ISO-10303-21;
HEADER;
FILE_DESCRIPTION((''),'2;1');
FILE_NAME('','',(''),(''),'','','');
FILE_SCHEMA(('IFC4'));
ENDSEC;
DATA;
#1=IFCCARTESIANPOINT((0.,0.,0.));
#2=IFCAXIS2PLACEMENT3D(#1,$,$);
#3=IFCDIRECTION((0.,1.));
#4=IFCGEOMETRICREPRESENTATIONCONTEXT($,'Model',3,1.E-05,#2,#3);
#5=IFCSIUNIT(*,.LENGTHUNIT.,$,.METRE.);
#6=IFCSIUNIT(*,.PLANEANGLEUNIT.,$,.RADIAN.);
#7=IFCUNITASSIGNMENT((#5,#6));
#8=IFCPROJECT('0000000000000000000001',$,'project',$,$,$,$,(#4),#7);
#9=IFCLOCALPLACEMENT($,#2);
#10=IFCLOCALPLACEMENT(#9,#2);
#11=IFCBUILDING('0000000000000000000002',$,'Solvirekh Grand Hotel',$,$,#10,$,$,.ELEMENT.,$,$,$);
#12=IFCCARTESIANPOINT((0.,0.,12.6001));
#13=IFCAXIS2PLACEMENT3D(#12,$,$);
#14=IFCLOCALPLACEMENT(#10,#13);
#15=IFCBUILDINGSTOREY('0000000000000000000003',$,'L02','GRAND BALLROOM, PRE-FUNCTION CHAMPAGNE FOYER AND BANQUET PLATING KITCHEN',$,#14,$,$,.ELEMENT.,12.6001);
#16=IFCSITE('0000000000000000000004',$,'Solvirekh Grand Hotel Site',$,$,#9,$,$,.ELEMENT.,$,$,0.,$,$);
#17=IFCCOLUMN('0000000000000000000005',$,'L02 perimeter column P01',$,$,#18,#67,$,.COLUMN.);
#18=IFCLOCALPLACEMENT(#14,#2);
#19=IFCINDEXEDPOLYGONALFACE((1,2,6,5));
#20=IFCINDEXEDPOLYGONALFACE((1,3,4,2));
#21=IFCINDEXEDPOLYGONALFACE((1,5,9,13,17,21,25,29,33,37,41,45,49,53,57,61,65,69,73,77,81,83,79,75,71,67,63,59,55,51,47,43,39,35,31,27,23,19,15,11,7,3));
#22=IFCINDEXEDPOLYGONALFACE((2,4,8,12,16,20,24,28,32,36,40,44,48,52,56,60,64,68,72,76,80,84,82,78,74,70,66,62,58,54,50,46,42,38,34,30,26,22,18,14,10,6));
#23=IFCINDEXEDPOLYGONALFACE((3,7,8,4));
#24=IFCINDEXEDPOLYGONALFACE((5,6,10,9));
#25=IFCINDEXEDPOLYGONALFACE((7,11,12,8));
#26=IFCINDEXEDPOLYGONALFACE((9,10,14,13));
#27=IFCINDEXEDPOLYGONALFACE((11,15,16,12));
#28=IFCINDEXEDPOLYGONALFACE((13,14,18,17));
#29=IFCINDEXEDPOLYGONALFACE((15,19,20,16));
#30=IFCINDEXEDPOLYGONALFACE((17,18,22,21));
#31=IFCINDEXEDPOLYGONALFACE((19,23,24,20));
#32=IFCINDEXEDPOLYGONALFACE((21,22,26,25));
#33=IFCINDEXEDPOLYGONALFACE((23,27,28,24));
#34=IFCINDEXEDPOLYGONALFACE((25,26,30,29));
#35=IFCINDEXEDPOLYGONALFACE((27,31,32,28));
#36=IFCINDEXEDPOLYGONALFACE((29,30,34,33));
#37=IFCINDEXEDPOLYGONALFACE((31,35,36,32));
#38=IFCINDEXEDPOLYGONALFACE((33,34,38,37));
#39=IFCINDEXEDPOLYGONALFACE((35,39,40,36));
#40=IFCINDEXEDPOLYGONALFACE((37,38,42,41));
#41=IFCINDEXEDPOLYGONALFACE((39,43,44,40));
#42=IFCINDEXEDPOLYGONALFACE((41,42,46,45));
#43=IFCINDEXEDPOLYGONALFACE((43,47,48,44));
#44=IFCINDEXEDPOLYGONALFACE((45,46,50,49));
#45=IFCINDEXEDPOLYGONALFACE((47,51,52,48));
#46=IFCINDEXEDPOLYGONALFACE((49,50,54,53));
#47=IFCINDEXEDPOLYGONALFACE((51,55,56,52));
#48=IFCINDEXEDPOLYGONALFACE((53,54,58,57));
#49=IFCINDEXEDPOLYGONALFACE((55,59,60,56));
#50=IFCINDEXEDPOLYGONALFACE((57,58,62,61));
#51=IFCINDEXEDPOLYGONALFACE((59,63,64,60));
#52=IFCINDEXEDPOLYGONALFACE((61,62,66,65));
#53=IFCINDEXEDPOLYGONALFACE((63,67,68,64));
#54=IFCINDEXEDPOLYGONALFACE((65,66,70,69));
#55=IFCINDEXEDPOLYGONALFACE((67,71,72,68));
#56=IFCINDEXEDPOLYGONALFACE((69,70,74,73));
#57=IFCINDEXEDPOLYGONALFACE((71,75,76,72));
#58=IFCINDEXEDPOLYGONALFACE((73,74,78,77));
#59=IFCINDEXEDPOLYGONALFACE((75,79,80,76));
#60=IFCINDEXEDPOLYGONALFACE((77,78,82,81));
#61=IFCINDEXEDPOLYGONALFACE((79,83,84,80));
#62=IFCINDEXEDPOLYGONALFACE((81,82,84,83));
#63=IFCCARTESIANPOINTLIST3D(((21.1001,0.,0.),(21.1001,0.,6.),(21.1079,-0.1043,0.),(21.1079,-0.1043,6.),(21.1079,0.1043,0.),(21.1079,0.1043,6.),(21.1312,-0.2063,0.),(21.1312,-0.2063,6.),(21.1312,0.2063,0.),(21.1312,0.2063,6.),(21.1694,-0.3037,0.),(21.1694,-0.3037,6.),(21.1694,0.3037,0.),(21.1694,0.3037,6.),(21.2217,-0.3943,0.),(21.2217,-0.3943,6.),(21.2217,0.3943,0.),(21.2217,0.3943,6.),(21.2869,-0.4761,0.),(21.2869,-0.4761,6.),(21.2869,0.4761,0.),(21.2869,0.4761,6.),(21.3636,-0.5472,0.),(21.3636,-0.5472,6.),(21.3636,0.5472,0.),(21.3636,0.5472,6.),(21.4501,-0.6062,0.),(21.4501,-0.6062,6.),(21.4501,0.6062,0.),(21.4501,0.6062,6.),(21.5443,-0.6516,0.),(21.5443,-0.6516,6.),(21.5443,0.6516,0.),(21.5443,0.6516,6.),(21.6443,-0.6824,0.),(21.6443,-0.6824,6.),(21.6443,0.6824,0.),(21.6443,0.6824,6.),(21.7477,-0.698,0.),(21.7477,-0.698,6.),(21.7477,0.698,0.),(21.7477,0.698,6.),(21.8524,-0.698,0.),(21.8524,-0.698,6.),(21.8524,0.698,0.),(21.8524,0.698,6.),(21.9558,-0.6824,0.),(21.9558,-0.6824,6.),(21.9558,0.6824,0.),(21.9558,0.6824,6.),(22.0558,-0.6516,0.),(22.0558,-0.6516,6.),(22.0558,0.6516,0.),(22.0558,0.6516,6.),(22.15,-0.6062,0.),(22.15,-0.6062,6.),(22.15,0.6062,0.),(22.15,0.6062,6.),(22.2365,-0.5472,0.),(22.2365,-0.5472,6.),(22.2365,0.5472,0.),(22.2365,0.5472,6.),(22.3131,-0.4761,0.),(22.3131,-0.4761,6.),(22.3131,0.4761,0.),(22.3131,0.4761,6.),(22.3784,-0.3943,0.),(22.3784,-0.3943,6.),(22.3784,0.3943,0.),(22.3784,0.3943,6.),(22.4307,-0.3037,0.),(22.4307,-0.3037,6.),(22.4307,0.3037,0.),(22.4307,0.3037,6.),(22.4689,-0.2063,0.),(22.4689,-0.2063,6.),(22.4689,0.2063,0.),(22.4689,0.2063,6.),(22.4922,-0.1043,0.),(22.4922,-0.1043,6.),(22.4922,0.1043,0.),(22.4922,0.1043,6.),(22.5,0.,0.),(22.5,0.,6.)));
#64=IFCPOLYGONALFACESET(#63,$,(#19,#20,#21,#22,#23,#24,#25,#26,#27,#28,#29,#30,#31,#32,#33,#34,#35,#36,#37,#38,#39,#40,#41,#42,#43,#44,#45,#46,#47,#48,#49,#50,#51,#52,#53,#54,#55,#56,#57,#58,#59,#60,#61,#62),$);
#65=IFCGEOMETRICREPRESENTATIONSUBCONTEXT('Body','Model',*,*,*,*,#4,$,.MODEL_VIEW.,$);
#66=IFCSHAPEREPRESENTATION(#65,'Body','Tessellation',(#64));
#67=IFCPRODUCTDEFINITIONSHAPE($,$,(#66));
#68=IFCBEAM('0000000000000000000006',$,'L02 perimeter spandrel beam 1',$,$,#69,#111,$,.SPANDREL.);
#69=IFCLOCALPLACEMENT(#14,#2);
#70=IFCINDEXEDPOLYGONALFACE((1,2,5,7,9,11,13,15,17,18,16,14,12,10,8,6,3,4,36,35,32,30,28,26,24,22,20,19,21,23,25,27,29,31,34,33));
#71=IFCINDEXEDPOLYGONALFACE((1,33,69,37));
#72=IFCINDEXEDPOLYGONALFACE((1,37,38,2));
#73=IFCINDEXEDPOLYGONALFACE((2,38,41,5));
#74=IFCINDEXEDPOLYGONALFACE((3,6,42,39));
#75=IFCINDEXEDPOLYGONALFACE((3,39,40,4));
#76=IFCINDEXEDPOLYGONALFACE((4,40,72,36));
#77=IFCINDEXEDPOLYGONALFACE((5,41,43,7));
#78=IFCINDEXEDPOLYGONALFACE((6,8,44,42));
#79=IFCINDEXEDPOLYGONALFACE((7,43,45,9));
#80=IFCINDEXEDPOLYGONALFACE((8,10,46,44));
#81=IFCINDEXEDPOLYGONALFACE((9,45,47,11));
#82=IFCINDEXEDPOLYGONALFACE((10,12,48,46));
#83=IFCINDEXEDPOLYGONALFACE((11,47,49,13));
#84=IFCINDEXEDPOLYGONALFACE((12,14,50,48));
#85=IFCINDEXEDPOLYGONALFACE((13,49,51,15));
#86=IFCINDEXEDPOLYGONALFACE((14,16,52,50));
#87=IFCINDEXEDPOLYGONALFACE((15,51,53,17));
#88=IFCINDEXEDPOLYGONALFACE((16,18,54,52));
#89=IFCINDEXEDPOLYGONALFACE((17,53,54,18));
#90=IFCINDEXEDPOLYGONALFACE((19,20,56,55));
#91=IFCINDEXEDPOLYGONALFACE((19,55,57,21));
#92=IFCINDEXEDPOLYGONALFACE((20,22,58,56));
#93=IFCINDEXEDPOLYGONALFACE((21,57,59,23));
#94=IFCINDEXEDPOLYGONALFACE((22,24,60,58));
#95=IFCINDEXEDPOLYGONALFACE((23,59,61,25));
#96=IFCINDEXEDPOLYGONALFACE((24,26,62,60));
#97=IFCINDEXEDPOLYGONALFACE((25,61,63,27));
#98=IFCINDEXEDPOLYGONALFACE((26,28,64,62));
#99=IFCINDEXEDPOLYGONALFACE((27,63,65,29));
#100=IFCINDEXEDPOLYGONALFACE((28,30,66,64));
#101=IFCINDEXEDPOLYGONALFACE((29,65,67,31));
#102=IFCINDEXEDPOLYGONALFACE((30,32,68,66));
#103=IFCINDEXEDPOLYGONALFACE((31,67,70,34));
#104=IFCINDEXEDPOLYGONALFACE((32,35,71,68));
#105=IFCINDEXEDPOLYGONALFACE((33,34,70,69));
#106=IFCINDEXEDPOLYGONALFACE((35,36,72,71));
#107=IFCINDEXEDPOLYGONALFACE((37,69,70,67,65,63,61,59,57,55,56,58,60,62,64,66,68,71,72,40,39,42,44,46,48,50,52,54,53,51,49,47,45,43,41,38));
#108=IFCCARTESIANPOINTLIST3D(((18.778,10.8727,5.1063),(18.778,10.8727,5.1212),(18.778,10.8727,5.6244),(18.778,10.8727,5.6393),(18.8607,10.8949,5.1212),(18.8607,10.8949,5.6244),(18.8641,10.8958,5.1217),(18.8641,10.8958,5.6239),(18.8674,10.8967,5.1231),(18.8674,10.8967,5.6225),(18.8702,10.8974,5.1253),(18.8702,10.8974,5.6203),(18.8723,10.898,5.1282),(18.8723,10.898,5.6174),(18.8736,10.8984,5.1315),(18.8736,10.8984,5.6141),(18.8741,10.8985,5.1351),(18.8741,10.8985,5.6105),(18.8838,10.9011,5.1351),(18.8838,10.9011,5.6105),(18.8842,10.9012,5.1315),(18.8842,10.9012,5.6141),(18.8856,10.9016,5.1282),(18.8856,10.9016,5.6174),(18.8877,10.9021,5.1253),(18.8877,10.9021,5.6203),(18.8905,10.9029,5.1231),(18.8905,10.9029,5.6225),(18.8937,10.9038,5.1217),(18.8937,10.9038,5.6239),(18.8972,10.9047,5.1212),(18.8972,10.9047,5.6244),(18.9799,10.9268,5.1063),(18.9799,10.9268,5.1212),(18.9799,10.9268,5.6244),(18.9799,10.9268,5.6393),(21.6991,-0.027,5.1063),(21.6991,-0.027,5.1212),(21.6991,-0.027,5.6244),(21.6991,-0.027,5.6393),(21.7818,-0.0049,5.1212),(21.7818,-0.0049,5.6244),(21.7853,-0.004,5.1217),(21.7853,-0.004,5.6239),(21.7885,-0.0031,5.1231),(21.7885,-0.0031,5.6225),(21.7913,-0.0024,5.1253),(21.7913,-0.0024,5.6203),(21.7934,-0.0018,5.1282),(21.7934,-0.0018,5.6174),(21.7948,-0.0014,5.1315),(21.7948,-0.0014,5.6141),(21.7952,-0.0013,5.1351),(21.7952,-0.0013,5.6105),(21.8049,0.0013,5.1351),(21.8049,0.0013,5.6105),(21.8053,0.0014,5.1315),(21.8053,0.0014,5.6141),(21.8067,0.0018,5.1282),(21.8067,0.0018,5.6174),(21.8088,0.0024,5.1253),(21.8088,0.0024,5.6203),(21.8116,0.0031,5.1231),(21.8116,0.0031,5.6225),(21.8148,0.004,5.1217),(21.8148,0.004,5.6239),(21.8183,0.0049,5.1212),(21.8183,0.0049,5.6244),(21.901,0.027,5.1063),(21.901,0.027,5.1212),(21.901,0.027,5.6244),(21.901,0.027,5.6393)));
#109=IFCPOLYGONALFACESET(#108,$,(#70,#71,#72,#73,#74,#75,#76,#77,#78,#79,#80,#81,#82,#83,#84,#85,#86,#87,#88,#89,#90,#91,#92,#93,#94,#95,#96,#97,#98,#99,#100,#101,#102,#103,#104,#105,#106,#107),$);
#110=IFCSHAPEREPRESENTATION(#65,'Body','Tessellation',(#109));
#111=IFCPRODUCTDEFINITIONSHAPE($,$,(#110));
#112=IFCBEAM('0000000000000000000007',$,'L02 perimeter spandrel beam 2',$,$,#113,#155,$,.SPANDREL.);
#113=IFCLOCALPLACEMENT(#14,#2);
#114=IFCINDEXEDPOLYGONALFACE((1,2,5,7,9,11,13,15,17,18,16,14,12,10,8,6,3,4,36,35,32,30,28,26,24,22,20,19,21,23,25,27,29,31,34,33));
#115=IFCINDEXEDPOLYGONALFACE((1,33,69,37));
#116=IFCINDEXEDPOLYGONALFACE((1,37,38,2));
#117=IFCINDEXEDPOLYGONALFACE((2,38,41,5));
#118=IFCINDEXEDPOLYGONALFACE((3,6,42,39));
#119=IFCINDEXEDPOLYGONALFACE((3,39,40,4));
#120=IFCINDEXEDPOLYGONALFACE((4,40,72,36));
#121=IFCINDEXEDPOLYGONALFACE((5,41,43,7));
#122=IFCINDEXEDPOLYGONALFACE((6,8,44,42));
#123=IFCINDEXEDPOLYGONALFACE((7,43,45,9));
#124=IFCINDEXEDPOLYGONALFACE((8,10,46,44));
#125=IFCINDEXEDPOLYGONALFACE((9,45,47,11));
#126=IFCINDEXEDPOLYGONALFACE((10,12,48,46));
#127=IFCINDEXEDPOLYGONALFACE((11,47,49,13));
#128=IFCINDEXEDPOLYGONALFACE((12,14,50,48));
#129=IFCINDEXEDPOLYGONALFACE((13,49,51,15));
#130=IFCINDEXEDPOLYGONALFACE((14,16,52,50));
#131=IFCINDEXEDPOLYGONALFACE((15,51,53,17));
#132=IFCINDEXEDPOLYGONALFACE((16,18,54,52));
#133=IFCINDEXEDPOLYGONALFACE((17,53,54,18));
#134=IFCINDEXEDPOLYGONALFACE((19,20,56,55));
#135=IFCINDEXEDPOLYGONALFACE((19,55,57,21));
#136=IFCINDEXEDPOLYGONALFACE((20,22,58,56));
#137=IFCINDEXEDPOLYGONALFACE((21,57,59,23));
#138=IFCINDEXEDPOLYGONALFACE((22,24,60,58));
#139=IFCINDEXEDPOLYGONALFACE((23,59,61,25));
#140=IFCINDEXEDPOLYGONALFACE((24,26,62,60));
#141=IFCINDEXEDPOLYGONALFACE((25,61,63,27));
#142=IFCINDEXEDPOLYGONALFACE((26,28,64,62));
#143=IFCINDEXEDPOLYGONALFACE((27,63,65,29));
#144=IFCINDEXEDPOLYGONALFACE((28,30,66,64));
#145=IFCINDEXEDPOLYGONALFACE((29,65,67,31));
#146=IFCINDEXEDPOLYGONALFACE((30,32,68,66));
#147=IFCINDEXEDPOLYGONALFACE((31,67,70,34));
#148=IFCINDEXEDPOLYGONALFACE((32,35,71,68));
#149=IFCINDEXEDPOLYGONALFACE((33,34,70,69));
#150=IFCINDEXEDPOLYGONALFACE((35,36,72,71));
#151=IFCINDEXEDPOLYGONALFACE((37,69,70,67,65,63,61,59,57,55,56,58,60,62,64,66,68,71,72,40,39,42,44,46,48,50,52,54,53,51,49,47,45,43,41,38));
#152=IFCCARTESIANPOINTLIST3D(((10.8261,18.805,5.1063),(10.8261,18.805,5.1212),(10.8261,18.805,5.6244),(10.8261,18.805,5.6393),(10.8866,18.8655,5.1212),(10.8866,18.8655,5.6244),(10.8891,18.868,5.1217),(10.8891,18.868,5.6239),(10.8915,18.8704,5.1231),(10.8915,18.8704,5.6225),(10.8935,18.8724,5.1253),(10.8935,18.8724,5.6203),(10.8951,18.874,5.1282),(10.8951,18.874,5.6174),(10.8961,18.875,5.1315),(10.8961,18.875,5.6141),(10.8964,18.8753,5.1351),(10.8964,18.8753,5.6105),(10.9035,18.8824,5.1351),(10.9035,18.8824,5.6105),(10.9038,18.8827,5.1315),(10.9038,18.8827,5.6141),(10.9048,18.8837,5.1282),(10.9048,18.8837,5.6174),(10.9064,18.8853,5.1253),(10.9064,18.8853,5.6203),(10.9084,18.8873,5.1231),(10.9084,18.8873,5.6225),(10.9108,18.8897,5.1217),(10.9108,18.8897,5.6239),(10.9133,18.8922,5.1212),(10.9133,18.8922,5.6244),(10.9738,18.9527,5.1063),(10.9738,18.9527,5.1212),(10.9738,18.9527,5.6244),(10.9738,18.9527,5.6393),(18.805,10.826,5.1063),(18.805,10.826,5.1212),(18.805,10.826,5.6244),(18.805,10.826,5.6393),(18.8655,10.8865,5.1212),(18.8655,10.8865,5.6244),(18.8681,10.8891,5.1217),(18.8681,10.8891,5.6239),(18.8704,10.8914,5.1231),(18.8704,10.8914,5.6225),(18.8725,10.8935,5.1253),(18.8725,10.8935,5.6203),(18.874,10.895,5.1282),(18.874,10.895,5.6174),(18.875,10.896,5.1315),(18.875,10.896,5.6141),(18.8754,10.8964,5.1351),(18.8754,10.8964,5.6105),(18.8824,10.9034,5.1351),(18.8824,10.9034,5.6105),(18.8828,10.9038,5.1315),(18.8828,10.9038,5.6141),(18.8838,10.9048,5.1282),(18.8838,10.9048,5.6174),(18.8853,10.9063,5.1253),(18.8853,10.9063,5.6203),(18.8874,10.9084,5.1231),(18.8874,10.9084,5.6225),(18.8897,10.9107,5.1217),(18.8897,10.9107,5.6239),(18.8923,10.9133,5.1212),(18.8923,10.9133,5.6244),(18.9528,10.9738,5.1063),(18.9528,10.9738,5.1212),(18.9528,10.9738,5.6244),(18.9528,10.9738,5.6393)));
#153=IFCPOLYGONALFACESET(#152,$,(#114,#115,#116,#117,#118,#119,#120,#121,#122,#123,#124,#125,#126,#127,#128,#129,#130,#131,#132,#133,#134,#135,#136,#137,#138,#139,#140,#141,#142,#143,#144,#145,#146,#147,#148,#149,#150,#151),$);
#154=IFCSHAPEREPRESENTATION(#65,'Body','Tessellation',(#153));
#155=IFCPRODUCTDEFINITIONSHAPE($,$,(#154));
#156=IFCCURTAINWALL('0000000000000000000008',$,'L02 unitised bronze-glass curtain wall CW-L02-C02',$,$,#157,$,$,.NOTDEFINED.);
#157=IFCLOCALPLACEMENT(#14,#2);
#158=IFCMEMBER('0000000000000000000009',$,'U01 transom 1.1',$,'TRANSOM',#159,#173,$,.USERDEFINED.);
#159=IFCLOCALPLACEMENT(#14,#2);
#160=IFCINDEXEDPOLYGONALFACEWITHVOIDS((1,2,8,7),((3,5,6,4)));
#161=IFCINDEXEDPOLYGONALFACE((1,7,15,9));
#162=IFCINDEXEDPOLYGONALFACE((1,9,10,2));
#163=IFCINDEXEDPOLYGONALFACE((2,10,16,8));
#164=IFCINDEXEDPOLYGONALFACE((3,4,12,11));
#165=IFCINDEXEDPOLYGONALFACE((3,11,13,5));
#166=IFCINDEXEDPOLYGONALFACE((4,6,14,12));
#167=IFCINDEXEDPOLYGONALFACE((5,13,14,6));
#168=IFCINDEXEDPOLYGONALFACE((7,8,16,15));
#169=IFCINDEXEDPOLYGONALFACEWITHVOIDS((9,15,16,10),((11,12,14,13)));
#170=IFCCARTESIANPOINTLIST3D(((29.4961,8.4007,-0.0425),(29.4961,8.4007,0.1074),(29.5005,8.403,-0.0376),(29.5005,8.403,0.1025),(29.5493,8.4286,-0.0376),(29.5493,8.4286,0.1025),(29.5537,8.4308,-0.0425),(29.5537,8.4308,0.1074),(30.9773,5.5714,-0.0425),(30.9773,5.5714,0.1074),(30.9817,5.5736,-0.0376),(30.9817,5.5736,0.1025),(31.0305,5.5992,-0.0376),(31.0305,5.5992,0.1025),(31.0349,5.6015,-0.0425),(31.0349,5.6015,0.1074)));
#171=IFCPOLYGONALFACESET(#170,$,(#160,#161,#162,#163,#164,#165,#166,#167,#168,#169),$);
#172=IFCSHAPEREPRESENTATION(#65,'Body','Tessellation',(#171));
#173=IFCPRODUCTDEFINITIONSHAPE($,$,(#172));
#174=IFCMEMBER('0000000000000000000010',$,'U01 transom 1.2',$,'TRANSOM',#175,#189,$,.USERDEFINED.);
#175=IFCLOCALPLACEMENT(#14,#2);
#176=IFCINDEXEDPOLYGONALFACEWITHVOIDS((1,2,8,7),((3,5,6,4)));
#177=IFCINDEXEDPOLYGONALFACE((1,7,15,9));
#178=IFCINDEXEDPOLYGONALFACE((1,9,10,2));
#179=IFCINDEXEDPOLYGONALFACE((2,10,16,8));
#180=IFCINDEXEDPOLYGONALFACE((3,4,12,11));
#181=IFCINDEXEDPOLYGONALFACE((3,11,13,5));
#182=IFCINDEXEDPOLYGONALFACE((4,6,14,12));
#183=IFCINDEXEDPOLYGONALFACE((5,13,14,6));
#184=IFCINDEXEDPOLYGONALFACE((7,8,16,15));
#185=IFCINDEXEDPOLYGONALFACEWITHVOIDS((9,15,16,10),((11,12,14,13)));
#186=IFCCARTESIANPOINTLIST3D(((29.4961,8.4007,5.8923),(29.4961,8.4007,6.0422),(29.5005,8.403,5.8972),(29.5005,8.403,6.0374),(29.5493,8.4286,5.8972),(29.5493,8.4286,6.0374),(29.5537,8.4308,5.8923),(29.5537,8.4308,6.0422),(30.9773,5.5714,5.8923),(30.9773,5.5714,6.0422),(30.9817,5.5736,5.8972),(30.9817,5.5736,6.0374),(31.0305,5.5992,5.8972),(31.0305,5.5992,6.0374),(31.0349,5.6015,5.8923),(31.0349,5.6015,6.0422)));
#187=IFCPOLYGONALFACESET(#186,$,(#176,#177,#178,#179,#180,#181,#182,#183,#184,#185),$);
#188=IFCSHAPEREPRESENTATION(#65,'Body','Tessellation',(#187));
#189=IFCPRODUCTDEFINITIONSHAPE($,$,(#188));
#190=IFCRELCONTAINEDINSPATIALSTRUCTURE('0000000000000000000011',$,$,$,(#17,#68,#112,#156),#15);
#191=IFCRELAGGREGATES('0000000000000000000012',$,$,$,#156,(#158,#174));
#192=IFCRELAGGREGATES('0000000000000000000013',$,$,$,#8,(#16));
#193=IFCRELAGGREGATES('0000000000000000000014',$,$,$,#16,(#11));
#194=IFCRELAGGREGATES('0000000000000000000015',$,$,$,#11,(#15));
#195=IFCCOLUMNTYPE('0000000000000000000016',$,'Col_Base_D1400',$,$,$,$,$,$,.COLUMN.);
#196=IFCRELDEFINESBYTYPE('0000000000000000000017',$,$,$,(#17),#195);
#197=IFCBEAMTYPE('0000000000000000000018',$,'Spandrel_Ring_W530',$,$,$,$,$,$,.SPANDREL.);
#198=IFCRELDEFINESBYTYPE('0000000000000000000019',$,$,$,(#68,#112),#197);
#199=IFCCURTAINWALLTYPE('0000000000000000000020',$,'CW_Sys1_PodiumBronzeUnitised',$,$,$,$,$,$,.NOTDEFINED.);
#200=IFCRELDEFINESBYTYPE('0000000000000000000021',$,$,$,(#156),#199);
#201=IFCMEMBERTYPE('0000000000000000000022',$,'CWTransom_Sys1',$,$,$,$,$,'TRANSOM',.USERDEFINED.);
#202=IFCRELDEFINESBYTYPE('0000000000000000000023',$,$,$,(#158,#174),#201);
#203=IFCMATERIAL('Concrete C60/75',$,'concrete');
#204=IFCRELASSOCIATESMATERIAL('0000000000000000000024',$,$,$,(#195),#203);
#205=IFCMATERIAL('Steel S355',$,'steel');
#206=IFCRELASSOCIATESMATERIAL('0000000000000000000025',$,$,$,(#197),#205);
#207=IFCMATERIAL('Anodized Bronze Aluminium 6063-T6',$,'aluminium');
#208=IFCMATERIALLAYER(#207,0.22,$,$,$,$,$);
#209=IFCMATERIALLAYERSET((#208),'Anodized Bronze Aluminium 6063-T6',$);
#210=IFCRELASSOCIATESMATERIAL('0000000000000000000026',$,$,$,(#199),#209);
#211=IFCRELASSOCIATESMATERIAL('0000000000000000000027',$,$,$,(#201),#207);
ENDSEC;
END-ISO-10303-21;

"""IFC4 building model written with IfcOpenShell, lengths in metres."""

from ifc_helpers import new_model, si_unit, direction, frame, origin, origin_2d, place, context, subcontext, project, spatial, hollow_rectangle, circle, i_section, extrude, source, transform, mapped, material, layer, layer_set, material_profile, profile_set, type_object, element, aggregate, save


model = new_model("IFC4")

# Units and contexts
model_context = context("Model", 3, precision=1e-05, world=origin(), true_north=direction((0.0, 1.0)))
body_context = subcontext(model_context, "Body", "Model", "MODEL_VIEW")
ifc_project = project(units=[si_unit("LENGTHUNIT", "METRE"), si_unit("PLANEANGLEUNIT", "RADIAN")], contexts=[model_context])

# Site, building, storey
site_placement = place(None, origin())
site = spatial("IfcSite", under=ifc_project, at=site_placement, Name="Solvirekh Grand Hotel Site", CompositionType="ELEMENT", RefElevation=0.0)
building_placement = place(site_placement, origin())
building = spatial("IfcBuilding", under=site, at=building_placement, Name="Solvirekh Grand Hotel", CompositionType="ELEMENT")
storey_placement = place(building_placement, frame((0.0, 0.0, 12.6001)))
storey = spatial("IfcBuildingStorey", under=building, at=storey_placement, Name="L02", Description="GRAND BALLROOM, PRE-FUNCTION CHAMPAGNE FOYER AND BANQUET PLATING KITCHEN", CompositionType="ELEMENT", Elevation=12.6001)

# Column
ifc_material_1 = material(Name="Concrete C60/75", Category="concrete")
ifc_material_profile_1 = material_profile(ifc_material_1, circle(Radius=0.7, at=origin_2d()), Name="RC CIRC D1400")
ifc_profile_set_1 = profile_set([ifc_material_profile_1], Name="Concrete C60/75")
column_type = type_object("IfcColumnType", Name="Col_Base_D1400", PredefinedType="COLUMN", material=ifc_profile_set_1)
column_placement = place(storey_placement, frame((21.8, 0.0, 0.0), z_axis=(0.0, 0.0, 1.0), x_axis=(1.0, 0.0, 0.0)))
element("IfcColumn", 1, at=column_placement, inside=storey, type_object=column_type, Name="L02 perimeter column P01", PredefinedType="COLUMN", context=body_context, shape_type="SweptSolid", body=[
    extrude(circle(Radius=0.7, at=origin_2d()), origin(), (0.0, 0.0, 1.0), 6.0),
])

# Beams
ifc_material_2 = material(Name="Steel S355", Category="steel")
ifc_material_profile_2 = material_profile(ifc_material_2, i_section(OverallWidth=0.209, OverallDepth=0.533, WebThickness=0.01, FlangeThickness=0.0149, FilletRadius=0.0139, at=origin_2d()), Name="W530X92")
ifc_profile_set_2 = profile_set([ifc_material_profile_2], Name="Steel S355")
beam_type = type_object("IfcBeamType", Name="Spandrel_Ring_W530", PredefinedType="SPANDREL", material=ifc_profile_set_2)
beam_1_placement = place(storey_placement, frame((21.8, 0.0, 5.3728), z_axis=(-0.258862, 0.965914, 0.0), x_axis=(-0.965914, -0.258862, 0.0)))
element("IfcBeam", 2, at=beam_1_placement, inside=storey, type_object=beam_type, Name="L02 perimeter spandrel beam 1", PredefinedType="SPANDREL", context=body_context, shape_type="SweptSolid", body=[
    extrude(i_section(OverallWidth=0.209, OverallDepth=0.533, WebThickness=0.01, FlangeThickness=0.0149, FilletRadius=0.0139, at=origin_2d()), origin(), (0.0, 0.0, 1.0), 11.2844),
])
beam_2_placement = place(storey_placement, frame((18.8789, 10.8999, 5.3728), z_axis=(-0.707107, 0.707107, 0.0), x_axis=(-0.707107, -0.707107, 0.0)))
element("IfcBeam", 3, at=beam_2_placement, inside=storey, type_object=beam_type, Name="L02 perimeter spandrel beam 2", PredefinedType="SPANDREL", context=body_context, shape_type="SweptSolid", body=[
    extrude(i_section(OverallWidth=0.209, OverallDepth=0.533, WebThickness=0.01, FlangeThickness=0.0149, FilletRadius=0.0139, at=origin_2d()), origin(), (0.0, 0.0, 1.0), 11.2839),
])

# Curtain wall, members
ifc_material_3 = material(Name="Anodized Bronze Aluminium 6063-T6", Category="aluminium")
ifc_layer_1 = layer(ifc_material_3, 0.22)
ifc_layer_set_1 = layer_set([ifc_layer_1], Name="Anodized Bronze Aluminium 6063-T6")
curtain_wall_type = type_object("IfcCurtainWallType", Name="CW_Sys1_PodiumBronzeUnitised", PredefinedType="NOTDEFINED", material=ifc_layer_set_1)
curtain_wall_1_placement = place(storey_placement, origin())
curtain_wall_1 = element("IfcCurtainWall", 4, at=curtain_wall_1_placement, inside=storey, type_object=curtain_wall_type, Name="L02 unitised bronze-glass curtain wall CW-L02-C02", PredefinedType="NOTDEFINED")
ifc_material_profile_3 = material_profile(ifc_material_3, hollow_rectangle(XDim=0.0649, YDim=0.1499, WallThickness=0.0049, at=origin_2d()), Name="ALU RHS 150X65X5")
ifc_profile_set_3 = profile_set([ifc_material_profile_3], Name="Anodized Bronze Aluminium 6063-T6")
member_type_1 = type_object("IfcMemberType", Name="CWTransom_Sys1", ElementType="TRANSOM", PredefinedType="USERDEFINED", material=ifc_profile_set_3)
shared_shape_1 = source(origin(), body_context, "Body", "SweptSolid", [
    extrude(hollow_rectangle(XDim=0.0649, YDim=0.1499, WallThickness=0.0049, at=origin_2d()), origin(), (0.0, 0.0, 1.0), 3.1936),
])
member_1_placement = place(storey_placement, frame((31.0061, 5.5864, 0.0325), z_axis=(-0.463801, 0.885939, 0.0), x_axis=(-0.885939, -0.463801, 0.0)))
member_1 = element("IfcMember", 5, at=member_1_placement, type_object=member_type_1, Name="U01 transom 1.1", ObjectType="TRANSOM", PredefinedType="USERDEFINED", context=body_context, shape_type="MappedRepresentation", body=[
    mapped(shared_shape_1, transform((0.0, 0.0, 0.0), x_axis=(1.0, 0.0, 0.0), y_axis=(0.0, 1.0, 0.0), z_axis=(0.0, 0.0, 1.0), scale=1.0)),
])
member_2_placement = place(storey_placement, frame((31.0061, 5.5864, 5.9673), z_axis=(-0.463801, 0.885939, 0.0), x_axis=(-0.885939, -0.463801, 0.0)))
member_2 = element("IfcMember", 6, at=member_2_placement, type_object=member_type_1, Name="U01 transom 1.2", ObjectType="TRANSOM", PredefinedType="USERDEFINED", context=body_context, shape_type="MappedRepresentation", body=[
    mapped(shared_shape_1, transform((0.0, 0.0, 0.0), x_axis=(1.0, 0.0, 0.0), y_axis=(0.0, 1.0, 0.0), z_axis=(0.0, 0.0, 1.0), scale=1.0)),
])

aggregate(curtain_wall_1, [member_1, member_2])

save(model, "model.ifc")
